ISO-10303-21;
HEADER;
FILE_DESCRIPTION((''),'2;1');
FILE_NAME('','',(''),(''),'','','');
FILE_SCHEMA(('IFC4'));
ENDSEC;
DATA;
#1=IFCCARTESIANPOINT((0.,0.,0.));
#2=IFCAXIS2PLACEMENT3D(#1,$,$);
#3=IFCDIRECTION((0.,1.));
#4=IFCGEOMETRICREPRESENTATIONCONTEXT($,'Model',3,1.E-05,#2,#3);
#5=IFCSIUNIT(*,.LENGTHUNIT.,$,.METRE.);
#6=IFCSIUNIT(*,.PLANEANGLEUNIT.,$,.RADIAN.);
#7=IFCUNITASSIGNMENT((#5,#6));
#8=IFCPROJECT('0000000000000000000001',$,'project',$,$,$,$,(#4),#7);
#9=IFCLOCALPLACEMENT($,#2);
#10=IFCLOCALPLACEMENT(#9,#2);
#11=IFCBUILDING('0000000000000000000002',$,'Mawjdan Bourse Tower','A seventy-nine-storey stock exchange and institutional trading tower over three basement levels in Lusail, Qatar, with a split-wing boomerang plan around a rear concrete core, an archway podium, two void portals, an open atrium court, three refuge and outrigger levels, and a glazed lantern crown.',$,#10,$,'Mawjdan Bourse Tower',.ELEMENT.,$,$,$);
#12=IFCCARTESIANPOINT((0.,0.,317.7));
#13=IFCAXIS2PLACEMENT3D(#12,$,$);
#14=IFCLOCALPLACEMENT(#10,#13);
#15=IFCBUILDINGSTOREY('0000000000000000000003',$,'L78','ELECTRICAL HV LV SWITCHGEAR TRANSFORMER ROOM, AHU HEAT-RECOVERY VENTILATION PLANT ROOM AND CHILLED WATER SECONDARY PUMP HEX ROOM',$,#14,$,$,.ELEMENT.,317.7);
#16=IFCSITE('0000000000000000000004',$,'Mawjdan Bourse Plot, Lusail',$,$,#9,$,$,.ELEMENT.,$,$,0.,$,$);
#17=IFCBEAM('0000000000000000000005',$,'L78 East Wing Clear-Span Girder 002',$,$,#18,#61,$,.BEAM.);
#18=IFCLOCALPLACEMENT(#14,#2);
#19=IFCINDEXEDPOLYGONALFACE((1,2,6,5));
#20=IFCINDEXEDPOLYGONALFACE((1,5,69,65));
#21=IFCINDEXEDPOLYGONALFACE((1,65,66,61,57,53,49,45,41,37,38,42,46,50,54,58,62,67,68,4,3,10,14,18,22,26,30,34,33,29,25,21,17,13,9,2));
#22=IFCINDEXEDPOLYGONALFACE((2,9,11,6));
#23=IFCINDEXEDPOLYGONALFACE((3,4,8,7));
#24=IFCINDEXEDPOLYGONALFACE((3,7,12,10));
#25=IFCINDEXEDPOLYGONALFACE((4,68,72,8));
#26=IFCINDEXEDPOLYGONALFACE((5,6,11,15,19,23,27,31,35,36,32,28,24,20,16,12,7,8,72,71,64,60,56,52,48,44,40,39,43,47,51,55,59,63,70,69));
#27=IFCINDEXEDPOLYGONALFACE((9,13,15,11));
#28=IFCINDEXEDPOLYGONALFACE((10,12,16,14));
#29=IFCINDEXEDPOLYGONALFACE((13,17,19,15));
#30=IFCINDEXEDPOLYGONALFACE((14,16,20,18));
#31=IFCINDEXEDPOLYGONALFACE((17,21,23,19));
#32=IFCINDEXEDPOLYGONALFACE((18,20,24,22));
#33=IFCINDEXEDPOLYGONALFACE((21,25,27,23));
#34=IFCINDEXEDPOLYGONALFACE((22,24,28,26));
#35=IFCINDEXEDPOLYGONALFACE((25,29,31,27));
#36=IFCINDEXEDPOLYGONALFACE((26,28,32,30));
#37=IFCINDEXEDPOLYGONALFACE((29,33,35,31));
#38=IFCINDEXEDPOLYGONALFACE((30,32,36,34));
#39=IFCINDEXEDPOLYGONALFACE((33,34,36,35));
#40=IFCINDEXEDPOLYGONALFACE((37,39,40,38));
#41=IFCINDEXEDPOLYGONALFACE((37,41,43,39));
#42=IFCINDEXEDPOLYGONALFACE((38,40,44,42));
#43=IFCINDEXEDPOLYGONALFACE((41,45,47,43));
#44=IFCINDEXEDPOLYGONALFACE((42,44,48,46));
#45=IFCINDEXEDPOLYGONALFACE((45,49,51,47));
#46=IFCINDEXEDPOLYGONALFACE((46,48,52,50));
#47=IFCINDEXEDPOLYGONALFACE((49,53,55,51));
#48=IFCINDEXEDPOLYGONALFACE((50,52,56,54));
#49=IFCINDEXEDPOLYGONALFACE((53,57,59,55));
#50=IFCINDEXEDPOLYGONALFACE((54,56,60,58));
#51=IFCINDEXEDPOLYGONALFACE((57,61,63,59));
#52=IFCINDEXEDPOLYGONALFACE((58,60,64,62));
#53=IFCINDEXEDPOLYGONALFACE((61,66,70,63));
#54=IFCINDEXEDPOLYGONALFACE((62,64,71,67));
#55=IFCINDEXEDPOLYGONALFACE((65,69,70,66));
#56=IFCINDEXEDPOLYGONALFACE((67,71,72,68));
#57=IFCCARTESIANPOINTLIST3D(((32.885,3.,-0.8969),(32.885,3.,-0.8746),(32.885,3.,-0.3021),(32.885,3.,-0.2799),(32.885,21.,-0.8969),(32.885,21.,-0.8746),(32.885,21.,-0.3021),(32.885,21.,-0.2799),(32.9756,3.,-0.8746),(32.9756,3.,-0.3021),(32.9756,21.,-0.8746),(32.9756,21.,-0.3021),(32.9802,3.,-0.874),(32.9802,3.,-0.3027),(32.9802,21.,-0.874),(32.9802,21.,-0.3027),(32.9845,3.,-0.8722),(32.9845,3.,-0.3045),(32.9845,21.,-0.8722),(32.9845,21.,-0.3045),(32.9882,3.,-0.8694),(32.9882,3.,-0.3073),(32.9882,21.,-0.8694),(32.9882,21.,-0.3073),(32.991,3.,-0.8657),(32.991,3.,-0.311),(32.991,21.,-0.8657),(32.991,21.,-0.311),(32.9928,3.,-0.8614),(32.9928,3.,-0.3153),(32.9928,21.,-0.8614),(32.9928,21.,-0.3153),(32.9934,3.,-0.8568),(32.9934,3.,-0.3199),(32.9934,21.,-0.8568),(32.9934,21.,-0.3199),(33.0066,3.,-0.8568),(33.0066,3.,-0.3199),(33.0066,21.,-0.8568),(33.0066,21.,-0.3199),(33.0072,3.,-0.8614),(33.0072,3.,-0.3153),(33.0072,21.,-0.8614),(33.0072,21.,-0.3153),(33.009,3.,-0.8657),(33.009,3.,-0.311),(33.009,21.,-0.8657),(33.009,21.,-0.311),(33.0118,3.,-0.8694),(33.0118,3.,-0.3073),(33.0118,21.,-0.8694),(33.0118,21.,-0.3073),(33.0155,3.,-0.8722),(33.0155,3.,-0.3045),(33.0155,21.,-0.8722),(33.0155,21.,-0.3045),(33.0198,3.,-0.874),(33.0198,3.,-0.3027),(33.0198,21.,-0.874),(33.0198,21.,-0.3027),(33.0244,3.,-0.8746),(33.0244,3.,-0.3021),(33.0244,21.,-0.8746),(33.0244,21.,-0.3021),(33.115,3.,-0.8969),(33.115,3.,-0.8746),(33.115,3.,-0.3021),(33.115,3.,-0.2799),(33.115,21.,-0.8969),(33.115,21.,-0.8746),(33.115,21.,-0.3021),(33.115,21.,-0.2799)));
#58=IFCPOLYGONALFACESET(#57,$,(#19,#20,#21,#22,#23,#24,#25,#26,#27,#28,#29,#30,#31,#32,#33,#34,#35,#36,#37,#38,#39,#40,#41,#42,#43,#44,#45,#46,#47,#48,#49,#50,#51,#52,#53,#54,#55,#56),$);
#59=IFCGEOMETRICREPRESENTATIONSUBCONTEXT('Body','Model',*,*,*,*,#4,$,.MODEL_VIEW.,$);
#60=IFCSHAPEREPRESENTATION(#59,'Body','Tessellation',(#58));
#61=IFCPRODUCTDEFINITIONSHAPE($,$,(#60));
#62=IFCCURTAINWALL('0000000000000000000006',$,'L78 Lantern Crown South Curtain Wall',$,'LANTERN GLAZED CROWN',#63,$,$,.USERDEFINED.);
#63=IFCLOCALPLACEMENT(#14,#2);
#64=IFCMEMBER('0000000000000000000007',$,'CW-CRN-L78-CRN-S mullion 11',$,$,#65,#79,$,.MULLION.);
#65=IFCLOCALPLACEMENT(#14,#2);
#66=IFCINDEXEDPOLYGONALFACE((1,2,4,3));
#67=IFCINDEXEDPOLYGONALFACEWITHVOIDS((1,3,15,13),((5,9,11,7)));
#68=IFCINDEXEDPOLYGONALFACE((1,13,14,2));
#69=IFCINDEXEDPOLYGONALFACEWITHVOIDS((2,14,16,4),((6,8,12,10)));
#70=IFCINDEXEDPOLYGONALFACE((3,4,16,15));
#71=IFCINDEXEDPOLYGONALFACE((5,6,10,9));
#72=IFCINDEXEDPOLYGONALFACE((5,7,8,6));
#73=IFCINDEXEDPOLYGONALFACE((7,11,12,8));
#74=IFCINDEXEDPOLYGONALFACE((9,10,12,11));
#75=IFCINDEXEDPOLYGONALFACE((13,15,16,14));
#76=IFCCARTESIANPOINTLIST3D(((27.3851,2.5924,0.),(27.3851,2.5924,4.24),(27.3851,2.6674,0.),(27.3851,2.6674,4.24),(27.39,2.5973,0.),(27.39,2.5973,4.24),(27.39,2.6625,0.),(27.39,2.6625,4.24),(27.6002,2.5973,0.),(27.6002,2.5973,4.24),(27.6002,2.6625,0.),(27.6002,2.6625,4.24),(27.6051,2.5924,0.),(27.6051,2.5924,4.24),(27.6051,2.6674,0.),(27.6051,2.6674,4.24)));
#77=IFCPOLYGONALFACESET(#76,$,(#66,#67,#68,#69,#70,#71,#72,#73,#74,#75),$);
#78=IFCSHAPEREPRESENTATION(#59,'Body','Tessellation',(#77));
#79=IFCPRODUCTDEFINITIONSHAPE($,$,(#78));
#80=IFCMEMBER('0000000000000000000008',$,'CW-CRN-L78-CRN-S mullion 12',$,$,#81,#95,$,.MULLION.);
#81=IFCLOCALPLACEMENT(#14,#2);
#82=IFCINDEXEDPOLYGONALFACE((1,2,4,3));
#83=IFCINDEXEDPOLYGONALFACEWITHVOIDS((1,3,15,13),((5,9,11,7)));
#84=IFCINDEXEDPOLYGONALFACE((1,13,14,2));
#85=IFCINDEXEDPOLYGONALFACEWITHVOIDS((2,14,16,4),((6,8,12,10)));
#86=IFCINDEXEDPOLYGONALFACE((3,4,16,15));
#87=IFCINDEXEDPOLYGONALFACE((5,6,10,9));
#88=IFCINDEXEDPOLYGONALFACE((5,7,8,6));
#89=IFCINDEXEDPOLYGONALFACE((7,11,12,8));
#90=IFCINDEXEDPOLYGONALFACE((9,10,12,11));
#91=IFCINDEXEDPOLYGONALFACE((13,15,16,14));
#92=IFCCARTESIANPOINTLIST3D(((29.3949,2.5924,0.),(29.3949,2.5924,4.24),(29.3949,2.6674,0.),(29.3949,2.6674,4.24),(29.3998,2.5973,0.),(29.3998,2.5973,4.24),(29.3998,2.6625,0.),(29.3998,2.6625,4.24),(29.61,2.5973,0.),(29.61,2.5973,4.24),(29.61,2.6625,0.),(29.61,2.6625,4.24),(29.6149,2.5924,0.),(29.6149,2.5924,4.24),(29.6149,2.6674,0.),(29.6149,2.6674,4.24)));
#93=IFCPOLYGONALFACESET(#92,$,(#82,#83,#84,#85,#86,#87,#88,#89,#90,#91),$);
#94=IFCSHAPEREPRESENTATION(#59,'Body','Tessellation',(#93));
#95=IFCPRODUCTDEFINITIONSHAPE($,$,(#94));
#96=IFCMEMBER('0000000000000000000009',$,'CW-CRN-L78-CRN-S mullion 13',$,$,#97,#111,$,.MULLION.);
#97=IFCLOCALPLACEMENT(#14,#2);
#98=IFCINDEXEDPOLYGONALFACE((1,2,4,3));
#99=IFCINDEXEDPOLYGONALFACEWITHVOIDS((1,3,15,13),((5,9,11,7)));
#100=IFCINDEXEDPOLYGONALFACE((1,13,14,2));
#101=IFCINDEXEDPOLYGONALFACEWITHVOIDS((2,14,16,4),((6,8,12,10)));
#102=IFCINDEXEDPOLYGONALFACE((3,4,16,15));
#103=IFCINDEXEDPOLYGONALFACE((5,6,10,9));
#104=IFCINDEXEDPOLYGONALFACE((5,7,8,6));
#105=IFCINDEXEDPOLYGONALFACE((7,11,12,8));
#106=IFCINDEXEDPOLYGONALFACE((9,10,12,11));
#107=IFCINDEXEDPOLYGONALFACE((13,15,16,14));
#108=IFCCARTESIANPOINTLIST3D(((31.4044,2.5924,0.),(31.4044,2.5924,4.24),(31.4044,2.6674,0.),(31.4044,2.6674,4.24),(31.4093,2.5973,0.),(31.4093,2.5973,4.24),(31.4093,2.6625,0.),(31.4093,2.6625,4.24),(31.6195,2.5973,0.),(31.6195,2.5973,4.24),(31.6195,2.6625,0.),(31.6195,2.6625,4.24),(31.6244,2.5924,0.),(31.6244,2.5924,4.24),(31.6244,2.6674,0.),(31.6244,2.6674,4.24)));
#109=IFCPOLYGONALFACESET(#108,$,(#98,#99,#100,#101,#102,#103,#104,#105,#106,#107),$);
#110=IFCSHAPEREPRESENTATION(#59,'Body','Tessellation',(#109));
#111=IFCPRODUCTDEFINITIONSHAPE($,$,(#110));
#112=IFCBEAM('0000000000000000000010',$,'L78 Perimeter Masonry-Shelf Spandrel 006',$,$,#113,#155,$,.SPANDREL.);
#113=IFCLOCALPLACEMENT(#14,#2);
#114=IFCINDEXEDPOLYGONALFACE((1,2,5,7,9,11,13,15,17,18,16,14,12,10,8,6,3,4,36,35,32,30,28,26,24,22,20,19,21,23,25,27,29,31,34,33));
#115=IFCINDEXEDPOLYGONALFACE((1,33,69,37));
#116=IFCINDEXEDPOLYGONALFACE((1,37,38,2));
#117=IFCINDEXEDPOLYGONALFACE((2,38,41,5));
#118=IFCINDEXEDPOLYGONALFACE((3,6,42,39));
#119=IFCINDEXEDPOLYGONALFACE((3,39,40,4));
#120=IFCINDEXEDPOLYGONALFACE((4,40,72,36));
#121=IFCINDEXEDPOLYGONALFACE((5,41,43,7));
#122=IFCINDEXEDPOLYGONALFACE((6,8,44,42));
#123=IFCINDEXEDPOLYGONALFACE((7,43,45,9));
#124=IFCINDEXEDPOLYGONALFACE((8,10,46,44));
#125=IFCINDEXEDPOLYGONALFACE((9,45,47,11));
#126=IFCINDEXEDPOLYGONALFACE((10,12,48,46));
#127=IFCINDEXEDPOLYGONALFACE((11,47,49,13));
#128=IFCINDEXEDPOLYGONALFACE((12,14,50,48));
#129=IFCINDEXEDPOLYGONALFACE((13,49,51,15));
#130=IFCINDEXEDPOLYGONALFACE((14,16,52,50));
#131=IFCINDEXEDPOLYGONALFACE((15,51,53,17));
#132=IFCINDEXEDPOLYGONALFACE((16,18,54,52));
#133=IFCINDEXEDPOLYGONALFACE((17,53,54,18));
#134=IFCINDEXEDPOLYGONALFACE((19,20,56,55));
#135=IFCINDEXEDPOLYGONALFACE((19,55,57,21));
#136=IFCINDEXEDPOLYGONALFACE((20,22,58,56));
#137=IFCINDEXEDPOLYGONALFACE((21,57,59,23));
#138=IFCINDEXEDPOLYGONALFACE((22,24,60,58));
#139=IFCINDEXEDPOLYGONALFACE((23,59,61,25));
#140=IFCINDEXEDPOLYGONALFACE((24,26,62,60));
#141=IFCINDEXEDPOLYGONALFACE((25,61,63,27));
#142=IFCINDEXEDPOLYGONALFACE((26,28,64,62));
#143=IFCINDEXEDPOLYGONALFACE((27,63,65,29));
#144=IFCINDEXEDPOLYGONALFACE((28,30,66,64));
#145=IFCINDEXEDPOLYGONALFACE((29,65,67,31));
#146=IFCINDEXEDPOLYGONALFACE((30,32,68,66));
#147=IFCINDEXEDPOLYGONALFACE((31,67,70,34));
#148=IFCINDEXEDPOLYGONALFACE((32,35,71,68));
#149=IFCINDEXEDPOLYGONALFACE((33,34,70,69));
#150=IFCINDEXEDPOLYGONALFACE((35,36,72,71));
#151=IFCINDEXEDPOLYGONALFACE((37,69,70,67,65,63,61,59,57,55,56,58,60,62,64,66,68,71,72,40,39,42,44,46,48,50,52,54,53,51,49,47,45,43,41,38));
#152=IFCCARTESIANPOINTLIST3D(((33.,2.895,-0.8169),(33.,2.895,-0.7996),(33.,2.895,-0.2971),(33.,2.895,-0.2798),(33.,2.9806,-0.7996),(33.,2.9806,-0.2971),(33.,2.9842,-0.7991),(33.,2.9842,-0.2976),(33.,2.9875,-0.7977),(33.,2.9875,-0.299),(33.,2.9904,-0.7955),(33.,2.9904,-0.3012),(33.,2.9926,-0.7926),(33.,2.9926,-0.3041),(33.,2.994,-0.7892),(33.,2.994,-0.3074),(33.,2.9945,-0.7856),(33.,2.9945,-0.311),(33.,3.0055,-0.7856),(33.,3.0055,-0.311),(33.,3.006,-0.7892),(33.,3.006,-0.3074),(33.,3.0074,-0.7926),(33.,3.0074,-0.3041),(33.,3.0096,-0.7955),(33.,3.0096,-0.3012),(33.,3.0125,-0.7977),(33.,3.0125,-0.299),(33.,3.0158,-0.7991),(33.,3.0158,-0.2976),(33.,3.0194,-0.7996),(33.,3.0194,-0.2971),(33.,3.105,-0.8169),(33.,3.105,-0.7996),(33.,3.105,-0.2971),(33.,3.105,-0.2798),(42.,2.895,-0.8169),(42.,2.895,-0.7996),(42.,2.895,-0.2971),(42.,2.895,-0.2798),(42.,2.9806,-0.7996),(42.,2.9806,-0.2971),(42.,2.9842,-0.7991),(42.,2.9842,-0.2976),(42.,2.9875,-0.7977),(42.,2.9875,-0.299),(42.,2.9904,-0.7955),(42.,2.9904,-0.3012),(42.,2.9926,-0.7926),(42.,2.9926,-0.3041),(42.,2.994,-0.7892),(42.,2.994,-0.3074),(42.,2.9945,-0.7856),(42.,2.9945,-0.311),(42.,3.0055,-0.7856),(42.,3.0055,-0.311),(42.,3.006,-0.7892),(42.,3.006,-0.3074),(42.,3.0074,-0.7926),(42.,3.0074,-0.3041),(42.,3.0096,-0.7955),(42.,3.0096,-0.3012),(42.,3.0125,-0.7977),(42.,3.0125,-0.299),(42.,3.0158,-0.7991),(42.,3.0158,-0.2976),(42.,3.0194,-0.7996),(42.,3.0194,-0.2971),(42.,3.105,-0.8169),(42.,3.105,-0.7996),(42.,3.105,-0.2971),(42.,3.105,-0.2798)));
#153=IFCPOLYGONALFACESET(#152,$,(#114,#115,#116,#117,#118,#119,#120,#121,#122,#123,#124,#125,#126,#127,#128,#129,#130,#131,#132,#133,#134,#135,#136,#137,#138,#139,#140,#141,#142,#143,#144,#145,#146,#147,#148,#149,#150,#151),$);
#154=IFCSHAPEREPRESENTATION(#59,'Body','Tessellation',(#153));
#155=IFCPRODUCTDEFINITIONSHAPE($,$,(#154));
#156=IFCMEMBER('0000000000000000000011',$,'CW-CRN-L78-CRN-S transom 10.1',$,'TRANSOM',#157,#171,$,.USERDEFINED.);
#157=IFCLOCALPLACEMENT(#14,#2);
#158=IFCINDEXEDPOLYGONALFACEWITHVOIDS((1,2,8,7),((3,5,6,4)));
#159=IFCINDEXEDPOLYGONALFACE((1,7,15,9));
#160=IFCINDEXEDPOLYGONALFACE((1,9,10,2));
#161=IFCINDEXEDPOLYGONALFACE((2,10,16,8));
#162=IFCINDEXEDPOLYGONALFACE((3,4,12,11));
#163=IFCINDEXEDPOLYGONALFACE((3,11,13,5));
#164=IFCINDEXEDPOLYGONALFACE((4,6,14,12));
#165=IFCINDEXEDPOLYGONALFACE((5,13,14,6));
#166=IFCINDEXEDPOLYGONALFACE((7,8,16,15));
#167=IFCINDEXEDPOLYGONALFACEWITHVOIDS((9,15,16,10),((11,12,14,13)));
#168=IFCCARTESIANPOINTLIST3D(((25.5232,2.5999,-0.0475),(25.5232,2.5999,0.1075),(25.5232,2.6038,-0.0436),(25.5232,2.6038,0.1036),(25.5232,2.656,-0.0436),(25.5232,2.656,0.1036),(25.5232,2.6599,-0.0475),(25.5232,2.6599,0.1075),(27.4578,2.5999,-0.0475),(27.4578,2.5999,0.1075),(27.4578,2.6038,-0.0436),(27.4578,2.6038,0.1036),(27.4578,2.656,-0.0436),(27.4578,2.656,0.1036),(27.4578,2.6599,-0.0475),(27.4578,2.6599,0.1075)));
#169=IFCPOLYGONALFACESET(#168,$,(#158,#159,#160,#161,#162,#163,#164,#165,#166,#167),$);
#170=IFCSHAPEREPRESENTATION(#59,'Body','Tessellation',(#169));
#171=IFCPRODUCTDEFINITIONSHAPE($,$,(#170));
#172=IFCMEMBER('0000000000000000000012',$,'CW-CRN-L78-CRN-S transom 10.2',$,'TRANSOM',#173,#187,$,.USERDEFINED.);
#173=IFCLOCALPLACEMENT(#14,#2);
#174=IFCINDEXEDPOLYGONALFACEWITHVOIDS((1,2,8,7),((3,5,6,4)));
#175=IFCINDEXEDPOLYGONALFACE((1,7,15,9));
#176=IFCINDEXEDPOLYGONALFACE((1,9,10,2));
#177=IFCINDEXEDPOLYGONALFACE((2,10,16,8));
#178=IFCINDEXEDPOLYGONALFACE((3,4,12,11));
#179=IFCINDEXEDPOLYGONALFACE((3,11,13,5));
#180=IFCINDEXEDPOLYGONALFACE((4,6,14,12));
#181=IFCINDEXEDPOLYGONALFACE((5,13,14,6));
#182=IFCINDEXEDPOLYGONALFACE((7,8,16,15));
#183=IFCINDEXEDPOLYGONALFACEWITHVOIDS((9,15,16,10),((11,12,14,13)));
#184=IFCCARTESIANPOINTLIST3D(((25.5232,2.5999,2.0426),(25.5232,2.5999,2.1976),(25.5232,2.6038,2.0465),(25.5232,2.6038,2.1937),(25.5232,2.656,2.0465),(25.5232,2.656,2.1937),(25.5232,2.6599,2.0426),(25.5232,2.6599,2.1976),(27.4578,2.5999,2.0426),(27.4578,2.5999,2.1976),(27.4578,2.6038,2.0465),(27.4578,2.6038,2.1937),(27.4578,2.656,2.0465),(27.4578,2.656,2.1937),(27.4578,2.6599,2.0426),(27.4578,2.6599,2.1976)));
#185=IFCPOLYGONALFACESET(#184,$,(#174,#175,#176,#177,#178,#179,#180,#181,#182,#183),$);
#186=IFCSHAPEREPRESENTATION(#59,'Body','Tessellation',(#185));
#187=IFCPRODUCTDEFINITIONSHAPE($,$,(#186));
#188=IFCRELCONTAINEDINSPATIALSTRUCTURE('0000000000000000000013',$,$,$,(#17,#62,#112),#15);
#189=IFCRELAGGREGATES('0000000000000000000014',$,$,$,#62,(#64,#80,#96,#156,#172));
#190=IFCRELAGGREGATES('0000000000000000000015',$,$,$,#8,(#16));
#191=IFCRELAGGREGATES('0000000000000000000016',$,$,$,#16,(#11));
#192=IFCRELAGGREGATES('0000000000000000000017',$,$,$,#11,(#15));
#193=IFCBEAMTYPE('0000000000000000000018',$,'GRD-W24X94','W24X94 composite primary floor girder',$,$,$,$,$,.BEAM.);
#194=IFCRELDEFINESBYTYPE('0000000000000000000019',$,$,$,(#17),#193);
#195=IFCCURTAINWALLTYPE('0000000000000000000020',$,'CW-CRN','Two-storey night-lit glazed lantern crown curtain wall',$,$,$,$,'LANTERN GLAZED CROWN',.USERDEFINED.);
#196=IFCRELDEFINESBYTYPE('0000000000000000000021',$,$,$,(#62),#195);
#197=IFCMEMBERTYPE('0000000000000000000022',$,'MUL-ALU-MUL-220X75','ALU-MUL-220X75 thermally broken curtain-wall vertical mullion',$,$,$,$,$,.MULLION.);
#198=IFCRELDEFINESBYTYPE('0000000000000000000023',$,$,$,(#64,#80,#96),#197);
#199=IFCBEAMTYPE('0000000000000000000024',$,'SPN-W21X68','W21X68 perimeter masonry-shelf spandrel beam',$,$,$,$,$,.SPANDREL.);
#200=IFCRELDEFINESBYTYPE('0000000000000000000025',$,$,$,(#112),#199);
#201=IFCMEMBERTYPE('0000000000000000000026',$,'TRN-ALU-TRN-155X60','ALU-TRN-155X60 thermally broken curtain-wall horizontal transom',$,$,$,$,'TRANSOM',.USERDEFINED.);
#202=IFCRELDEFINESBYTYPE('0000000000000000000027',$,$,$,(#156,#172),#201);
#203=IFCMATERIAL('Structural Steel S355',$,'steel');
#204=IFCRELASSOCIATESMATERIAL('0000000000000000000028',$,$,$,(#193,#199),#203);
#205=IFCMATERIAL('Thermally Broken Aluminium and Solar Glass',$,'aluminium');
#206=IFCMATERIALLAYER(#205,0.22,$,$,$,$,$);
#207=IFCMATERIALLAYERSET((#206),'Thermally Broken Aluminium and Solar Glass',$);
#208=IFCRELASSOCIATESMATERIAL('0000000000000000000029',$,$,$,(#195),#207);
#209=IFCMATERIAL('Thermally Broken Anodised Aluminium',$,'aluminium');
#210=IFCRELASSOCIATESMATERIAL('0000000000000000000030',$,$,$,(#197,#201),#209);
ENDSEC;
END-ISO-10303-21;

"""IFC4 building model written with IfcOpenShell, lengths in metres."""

from ifc_helpers import new_model, si_unit, direction, frame, origin, origin_2d, place, context, subcontext, project, spatial, hollow_rectangle, i_section, extrude, material, layer, layer_set, material_profile, profile_set, type_object, element, aggregate, save


model = new_model("IFC4")

# Units and contexts
model_context = context("Model", 3, precision=1e-05, world=origin(), true_north=direction((0.0, 1.0)))
body_context = subcontext(model_context, "Body", "Model", "MODEL_VIEW")
ifc_project = project(units=[si_unit("LENGTHUNIT", "METRE"), si_unit("PLANEANGLEUNIT", "RADIAN")], contexts=[model_context])

# Site, building, storey
site_placement = place(None, origin())
site = spatial("IfcSite", under=ifc_project, at=site_placement, Name="Mawjdan Bourse Plot, Lusail", CompositionType="ELEMENT", RefElevation=0.0)
building_placement = place(site_placement, origin())
building = spatial("IfcBuilding", under=site, at=building_placement, Name="Mawjdan Bourse Tower", Description="A seventy-nine-storey stock exchange and institutional trading tower over three basement levels in Lusail, Qatar, with a split-wing boomerang plan around a rear concrete core, an archway podium, two void portals, an open atrium court, three refuge and outrigger levels, and a glazed lantern crown.", LongName="Mawjdan Bourse Tower", CompositionType="ELEMENT")
storey_placement = place(building_placement, frame((0.0, 0.0, 317.7)))
storey = spatial("IfcBuildingStorey", under=building, at=storey_placement, Name="L78", Description="ELECTRICAL HV LV SWITCHGEAR TRANSFORMER ROOM, AHU HEAT-RECOVERY VENTILATION PLANT ROOM AND CHILLED WATER SECONDARY PUMP HEX ROOM", CompositionType="ELEMENT", Elevation=317.7)

# Shared definitions
ifc_material_1 = material(Name="Structural Steel S355", Category="steel")

# Beam
ifc_material_profile_1 = material_profile(ifc_material_1, i_section(OverallWidth=0.23, OverallDepth=0.6169, WebThickness=0.0132, FlangeThickness=0.0222, FilletRadius=0.0178, at=origin_2d()), Name="W24X94")
ifc_profile_set_1 = profile_set([ifc_material_profile_1], Name="Structural Steel S355")
beam_type_1 = type_object("IfcBeamType", Name="GRD-W24X94", Description="W24X94 composite primary floor girder", PredefinedType="BEAM", material=ifc_profile_set_1)
beam_1_placement = place(storey_placement, frame((33.0, 3.0, -0.5884), z_axis=(0.0, 1.0, 0.0), x_axis=(-1.0, 0.0, 0.0)))
element("IfcBeam", 1, at=beam_1_placement, inside=storey, type_object=beam_type_1, Name="L78 East Wing Clear-Span Girder 002", PredefinedType="BEAM", context=body_context, shape_type="SweptSolid", body=[
    extrude(i_section(OverallWidth=0.23, OverallDepth=0.6169, WebThickness=0.0132, FlangeThickness=0.0222, FilletRadius=0.0178, at=origin_2d()), origin(), (0.0, 0.0, 1.0), 18.0),
])

# Curtain wall, members
ifc_material_2 = material(Name="Thermally Broken Aluminium and Solar Glass", Category="aluminium")
ifc_layer_1 = layer(ifc_material_2, 0.22)
ifc_layer_set_1 = layer_set([ifc_layer_1], Name="Thermally Broken Aluminium and Solar Glass")
curtain_wall_type = type_object("IfcCurtainWallType", Name="CW-CRN", Description="Two-storey night-lit glazed lantern crown curtain wall", ElementType="LANTERN GLAZED CROWN", PredefinedType="USERDEFINED", material=ifc_layer_set_1)
curtain_wall_placement = place(storey_placement, origin())
curtain_wall = element("IfcCurtainWall", 2, at=curtain_wall_placement, inside=storey, type_object=curtain_wall_type, Name="L78 Lantern Crown South Curtain Wall", ObjectType="LANTERN GLAZED CROWN", PredefinedType="USERDEFINED")
ifc_material_3 = material(Name="Thermally Broken Anodised Aluminium", Category="aluminium")
ifc_material_profile_2 = material_profile(ifc_material_3, hollow_rectangle(XDim=0.075, YDim=0.22, WallThickness=0.0049, at=origin_2d()), Name="ALU-MUL-220X75")
ifc_profile_set_2 = profile_set([ifc_material_profile_2], Name="Thermally Broken Anodised Aluminium")
member_type_1 = type_object("IfcMemberType", Name="MUL-ALU-MUL-220X75", Description="ALU-MUL-220X75 thermally broken curtain-wall vertical mullion", PredefinedType="MULLION", material=ifc_profile_set_2)
member_1_placement = place(storey_placement, frame((27.4951, 2.6299, 0.0), z_axis=(0.0, 0.0, 1.0), x_axis=(0.0, 1.0, 0.0)))
member_1 = element("IfcMember", 3, at=member_1_placement, type_object=member_type_1, Name="CW-CRN-L78-CRN-S mullion 11", PredefinedType="MULLION", context=body_context, shape_type="SweptSolid", body=[
    extrude(hollow_rectangle(XDim=0.075, YDim=0.22, WallThickness=0.0049, at=origin_2d()), origin(), (0.0, 0.0, 1.0), 4.24),
])
member_2_placement = place(storey_placement, frame((29.5049, 2.6299, 0.0), z_axis=(0.0, 0.0, 1.0), x_axis=(0.0, 1.0, 0.0)))
member_2 = element("IfcMember", 4, at=member_2_placement, type_object=member_type_1, Name="CW-CRN-L78-CRN-S mullion 12", PredefinedType="MULLION", context=body_context, shape_type="SweptSolid", body=[
    extrude(hollow_rectangle(XDim=0.075, YDim=0.22, WallThickness=0.0049, at=origin_2d()), origin(), (0.0, 0.0, 1.0), 4.24),
])
member_3_placement = place(storey_placement, frame((31.5144, 2.6299, 0.0), z_axis=(0.0, 0.0, 1.0), x_axis=(0.0, 1.0, 0.0)))
member_3 = element("IfcMember", 5, at=member_3_placement, type_object=member_type_1, Name="CW-CRN-L78-CRN-S mullion 13", PredefinedType="MULLION", context=body_context, shape_type="SweptSolid", body=[
    extrude(hollow_rectangle(XDim=0.075, YDim=0.22, WallThickness=0.0049, at=origin_2d()), origin(), (0.0, 0.0, 1.0), 4.24),
])

# Beam
ifc_material_profile_3 = material_profile(ifc_material_1, i_section(OverallWidth=0.21, OverallDepth=0.5371, WebThickness=0.011, FlangeThickness=0.0173, FilletRadius=0.0139, at=origin_2d()), Name="W21X68")
ifc_profile_set_3 = profile_set([ifc_material_profile_3], Name="Structural Steel S355")
beam_type_2 = type_object("IfcBeamType", Name="SPN-W21X68", Description="W21X68 perimeter masonry-shelf spandrel beam", PredefinedType="SPANDREL", material=ifc_profile_set_3)
beam_2_placement = place(storey_placement, frame((33.0, 3.0, -0.5483), z_axis=(1.0, 0.0, 0.0), x_axis=(0.0, 1.0, 0.0)))
element("IfcBeam", 6, at=beam_2_placement, inside=storey, type_object=beam_type_2, Name="L78 Perimeter Masonry-Shelf Spandrel 006", PredefinedType="SPANDREL", context=body_context, shape_type="SweptSolid", body=[
    extrude(i_section(OverallWidth=0.21, OverallDepth=0.5371, WebThickness=0.011, FlangeThickness=0.0173, FilletRadius=0.0139, at=origin_2d()), origin(), (0.0, 0.0, 1.0), 9.0),
])

# Members
ifc_material_profile_4 = material_profile(ifc_material_3, hollow_rectangle(XDim=0.0601, YDim=0.155, WallThickness=0.0039, at=origin_2d()), Name="ALU-TRN-155X60")
ifc_profile_set_4 = profile_set([ifc_material_profile_4], Name="Thermally Broken Anodised Aluminium")
member_type_2 = type_object("IfcMemberType", Name="TRN-ALU-TRN-155X60", Description="ALU-TRN-155X60 thermally broken curtain-wall horizontal transom", ElementType="TRANSOM", PredefinedType="USERDEFINED", material=ifc_profile_set_4)
member_4_placement = place(storey_placement, frame((25.5232, 2.6299, 0.03), z_axis=(1.0, 0.0, 0.0), x_axis=(0.0, 1.0, 0.0)))
member_4 = element("IfcMember", 7, at=member_4_placement, type_object=member_type_2, Name="CW-CRN-L78-CRN-S transom 10.1", ObjectType="TRANSOM", PredefinedType="USERDEFINED", context=body_context, shape_type="SweptSolid", body=[
    extrude(hollow_rectangle(XDim=0.0601, YDim=0.155, WallThickness=0.0039, at=origin_2d()), origin(), (0.0, 0.0, 1.0), 1.9346),
])
member_5_placement = place(storey_placement, frame((25.5232, 2.6299, 2.1201), z_axis=(1.0, 0.0, 0.0), x_axis=(0.0, 1.0, 0.0)))
member_5 = element("IfcMember", 8, at=member_5_placement, type_object=member_type_2, Name="CW-CRN-L78-CRN-S transom 10.2", ObjectType="TRANSOM", PredefinedType="USERDEFINED", context=body_context, shape_type="SweptSolid", body=[
    extrude(hollow_rectangle(XDim=0.0601, YDim=0.155, WallThickness=0.0039, at=origin_2d()), origin(), (0.0, 0.0, 1.0), 1.9346),
])

aggregate(curtain_wall, [member_1, member_2, member_3, member_4, member_5])

save(model, "model.ifc")
